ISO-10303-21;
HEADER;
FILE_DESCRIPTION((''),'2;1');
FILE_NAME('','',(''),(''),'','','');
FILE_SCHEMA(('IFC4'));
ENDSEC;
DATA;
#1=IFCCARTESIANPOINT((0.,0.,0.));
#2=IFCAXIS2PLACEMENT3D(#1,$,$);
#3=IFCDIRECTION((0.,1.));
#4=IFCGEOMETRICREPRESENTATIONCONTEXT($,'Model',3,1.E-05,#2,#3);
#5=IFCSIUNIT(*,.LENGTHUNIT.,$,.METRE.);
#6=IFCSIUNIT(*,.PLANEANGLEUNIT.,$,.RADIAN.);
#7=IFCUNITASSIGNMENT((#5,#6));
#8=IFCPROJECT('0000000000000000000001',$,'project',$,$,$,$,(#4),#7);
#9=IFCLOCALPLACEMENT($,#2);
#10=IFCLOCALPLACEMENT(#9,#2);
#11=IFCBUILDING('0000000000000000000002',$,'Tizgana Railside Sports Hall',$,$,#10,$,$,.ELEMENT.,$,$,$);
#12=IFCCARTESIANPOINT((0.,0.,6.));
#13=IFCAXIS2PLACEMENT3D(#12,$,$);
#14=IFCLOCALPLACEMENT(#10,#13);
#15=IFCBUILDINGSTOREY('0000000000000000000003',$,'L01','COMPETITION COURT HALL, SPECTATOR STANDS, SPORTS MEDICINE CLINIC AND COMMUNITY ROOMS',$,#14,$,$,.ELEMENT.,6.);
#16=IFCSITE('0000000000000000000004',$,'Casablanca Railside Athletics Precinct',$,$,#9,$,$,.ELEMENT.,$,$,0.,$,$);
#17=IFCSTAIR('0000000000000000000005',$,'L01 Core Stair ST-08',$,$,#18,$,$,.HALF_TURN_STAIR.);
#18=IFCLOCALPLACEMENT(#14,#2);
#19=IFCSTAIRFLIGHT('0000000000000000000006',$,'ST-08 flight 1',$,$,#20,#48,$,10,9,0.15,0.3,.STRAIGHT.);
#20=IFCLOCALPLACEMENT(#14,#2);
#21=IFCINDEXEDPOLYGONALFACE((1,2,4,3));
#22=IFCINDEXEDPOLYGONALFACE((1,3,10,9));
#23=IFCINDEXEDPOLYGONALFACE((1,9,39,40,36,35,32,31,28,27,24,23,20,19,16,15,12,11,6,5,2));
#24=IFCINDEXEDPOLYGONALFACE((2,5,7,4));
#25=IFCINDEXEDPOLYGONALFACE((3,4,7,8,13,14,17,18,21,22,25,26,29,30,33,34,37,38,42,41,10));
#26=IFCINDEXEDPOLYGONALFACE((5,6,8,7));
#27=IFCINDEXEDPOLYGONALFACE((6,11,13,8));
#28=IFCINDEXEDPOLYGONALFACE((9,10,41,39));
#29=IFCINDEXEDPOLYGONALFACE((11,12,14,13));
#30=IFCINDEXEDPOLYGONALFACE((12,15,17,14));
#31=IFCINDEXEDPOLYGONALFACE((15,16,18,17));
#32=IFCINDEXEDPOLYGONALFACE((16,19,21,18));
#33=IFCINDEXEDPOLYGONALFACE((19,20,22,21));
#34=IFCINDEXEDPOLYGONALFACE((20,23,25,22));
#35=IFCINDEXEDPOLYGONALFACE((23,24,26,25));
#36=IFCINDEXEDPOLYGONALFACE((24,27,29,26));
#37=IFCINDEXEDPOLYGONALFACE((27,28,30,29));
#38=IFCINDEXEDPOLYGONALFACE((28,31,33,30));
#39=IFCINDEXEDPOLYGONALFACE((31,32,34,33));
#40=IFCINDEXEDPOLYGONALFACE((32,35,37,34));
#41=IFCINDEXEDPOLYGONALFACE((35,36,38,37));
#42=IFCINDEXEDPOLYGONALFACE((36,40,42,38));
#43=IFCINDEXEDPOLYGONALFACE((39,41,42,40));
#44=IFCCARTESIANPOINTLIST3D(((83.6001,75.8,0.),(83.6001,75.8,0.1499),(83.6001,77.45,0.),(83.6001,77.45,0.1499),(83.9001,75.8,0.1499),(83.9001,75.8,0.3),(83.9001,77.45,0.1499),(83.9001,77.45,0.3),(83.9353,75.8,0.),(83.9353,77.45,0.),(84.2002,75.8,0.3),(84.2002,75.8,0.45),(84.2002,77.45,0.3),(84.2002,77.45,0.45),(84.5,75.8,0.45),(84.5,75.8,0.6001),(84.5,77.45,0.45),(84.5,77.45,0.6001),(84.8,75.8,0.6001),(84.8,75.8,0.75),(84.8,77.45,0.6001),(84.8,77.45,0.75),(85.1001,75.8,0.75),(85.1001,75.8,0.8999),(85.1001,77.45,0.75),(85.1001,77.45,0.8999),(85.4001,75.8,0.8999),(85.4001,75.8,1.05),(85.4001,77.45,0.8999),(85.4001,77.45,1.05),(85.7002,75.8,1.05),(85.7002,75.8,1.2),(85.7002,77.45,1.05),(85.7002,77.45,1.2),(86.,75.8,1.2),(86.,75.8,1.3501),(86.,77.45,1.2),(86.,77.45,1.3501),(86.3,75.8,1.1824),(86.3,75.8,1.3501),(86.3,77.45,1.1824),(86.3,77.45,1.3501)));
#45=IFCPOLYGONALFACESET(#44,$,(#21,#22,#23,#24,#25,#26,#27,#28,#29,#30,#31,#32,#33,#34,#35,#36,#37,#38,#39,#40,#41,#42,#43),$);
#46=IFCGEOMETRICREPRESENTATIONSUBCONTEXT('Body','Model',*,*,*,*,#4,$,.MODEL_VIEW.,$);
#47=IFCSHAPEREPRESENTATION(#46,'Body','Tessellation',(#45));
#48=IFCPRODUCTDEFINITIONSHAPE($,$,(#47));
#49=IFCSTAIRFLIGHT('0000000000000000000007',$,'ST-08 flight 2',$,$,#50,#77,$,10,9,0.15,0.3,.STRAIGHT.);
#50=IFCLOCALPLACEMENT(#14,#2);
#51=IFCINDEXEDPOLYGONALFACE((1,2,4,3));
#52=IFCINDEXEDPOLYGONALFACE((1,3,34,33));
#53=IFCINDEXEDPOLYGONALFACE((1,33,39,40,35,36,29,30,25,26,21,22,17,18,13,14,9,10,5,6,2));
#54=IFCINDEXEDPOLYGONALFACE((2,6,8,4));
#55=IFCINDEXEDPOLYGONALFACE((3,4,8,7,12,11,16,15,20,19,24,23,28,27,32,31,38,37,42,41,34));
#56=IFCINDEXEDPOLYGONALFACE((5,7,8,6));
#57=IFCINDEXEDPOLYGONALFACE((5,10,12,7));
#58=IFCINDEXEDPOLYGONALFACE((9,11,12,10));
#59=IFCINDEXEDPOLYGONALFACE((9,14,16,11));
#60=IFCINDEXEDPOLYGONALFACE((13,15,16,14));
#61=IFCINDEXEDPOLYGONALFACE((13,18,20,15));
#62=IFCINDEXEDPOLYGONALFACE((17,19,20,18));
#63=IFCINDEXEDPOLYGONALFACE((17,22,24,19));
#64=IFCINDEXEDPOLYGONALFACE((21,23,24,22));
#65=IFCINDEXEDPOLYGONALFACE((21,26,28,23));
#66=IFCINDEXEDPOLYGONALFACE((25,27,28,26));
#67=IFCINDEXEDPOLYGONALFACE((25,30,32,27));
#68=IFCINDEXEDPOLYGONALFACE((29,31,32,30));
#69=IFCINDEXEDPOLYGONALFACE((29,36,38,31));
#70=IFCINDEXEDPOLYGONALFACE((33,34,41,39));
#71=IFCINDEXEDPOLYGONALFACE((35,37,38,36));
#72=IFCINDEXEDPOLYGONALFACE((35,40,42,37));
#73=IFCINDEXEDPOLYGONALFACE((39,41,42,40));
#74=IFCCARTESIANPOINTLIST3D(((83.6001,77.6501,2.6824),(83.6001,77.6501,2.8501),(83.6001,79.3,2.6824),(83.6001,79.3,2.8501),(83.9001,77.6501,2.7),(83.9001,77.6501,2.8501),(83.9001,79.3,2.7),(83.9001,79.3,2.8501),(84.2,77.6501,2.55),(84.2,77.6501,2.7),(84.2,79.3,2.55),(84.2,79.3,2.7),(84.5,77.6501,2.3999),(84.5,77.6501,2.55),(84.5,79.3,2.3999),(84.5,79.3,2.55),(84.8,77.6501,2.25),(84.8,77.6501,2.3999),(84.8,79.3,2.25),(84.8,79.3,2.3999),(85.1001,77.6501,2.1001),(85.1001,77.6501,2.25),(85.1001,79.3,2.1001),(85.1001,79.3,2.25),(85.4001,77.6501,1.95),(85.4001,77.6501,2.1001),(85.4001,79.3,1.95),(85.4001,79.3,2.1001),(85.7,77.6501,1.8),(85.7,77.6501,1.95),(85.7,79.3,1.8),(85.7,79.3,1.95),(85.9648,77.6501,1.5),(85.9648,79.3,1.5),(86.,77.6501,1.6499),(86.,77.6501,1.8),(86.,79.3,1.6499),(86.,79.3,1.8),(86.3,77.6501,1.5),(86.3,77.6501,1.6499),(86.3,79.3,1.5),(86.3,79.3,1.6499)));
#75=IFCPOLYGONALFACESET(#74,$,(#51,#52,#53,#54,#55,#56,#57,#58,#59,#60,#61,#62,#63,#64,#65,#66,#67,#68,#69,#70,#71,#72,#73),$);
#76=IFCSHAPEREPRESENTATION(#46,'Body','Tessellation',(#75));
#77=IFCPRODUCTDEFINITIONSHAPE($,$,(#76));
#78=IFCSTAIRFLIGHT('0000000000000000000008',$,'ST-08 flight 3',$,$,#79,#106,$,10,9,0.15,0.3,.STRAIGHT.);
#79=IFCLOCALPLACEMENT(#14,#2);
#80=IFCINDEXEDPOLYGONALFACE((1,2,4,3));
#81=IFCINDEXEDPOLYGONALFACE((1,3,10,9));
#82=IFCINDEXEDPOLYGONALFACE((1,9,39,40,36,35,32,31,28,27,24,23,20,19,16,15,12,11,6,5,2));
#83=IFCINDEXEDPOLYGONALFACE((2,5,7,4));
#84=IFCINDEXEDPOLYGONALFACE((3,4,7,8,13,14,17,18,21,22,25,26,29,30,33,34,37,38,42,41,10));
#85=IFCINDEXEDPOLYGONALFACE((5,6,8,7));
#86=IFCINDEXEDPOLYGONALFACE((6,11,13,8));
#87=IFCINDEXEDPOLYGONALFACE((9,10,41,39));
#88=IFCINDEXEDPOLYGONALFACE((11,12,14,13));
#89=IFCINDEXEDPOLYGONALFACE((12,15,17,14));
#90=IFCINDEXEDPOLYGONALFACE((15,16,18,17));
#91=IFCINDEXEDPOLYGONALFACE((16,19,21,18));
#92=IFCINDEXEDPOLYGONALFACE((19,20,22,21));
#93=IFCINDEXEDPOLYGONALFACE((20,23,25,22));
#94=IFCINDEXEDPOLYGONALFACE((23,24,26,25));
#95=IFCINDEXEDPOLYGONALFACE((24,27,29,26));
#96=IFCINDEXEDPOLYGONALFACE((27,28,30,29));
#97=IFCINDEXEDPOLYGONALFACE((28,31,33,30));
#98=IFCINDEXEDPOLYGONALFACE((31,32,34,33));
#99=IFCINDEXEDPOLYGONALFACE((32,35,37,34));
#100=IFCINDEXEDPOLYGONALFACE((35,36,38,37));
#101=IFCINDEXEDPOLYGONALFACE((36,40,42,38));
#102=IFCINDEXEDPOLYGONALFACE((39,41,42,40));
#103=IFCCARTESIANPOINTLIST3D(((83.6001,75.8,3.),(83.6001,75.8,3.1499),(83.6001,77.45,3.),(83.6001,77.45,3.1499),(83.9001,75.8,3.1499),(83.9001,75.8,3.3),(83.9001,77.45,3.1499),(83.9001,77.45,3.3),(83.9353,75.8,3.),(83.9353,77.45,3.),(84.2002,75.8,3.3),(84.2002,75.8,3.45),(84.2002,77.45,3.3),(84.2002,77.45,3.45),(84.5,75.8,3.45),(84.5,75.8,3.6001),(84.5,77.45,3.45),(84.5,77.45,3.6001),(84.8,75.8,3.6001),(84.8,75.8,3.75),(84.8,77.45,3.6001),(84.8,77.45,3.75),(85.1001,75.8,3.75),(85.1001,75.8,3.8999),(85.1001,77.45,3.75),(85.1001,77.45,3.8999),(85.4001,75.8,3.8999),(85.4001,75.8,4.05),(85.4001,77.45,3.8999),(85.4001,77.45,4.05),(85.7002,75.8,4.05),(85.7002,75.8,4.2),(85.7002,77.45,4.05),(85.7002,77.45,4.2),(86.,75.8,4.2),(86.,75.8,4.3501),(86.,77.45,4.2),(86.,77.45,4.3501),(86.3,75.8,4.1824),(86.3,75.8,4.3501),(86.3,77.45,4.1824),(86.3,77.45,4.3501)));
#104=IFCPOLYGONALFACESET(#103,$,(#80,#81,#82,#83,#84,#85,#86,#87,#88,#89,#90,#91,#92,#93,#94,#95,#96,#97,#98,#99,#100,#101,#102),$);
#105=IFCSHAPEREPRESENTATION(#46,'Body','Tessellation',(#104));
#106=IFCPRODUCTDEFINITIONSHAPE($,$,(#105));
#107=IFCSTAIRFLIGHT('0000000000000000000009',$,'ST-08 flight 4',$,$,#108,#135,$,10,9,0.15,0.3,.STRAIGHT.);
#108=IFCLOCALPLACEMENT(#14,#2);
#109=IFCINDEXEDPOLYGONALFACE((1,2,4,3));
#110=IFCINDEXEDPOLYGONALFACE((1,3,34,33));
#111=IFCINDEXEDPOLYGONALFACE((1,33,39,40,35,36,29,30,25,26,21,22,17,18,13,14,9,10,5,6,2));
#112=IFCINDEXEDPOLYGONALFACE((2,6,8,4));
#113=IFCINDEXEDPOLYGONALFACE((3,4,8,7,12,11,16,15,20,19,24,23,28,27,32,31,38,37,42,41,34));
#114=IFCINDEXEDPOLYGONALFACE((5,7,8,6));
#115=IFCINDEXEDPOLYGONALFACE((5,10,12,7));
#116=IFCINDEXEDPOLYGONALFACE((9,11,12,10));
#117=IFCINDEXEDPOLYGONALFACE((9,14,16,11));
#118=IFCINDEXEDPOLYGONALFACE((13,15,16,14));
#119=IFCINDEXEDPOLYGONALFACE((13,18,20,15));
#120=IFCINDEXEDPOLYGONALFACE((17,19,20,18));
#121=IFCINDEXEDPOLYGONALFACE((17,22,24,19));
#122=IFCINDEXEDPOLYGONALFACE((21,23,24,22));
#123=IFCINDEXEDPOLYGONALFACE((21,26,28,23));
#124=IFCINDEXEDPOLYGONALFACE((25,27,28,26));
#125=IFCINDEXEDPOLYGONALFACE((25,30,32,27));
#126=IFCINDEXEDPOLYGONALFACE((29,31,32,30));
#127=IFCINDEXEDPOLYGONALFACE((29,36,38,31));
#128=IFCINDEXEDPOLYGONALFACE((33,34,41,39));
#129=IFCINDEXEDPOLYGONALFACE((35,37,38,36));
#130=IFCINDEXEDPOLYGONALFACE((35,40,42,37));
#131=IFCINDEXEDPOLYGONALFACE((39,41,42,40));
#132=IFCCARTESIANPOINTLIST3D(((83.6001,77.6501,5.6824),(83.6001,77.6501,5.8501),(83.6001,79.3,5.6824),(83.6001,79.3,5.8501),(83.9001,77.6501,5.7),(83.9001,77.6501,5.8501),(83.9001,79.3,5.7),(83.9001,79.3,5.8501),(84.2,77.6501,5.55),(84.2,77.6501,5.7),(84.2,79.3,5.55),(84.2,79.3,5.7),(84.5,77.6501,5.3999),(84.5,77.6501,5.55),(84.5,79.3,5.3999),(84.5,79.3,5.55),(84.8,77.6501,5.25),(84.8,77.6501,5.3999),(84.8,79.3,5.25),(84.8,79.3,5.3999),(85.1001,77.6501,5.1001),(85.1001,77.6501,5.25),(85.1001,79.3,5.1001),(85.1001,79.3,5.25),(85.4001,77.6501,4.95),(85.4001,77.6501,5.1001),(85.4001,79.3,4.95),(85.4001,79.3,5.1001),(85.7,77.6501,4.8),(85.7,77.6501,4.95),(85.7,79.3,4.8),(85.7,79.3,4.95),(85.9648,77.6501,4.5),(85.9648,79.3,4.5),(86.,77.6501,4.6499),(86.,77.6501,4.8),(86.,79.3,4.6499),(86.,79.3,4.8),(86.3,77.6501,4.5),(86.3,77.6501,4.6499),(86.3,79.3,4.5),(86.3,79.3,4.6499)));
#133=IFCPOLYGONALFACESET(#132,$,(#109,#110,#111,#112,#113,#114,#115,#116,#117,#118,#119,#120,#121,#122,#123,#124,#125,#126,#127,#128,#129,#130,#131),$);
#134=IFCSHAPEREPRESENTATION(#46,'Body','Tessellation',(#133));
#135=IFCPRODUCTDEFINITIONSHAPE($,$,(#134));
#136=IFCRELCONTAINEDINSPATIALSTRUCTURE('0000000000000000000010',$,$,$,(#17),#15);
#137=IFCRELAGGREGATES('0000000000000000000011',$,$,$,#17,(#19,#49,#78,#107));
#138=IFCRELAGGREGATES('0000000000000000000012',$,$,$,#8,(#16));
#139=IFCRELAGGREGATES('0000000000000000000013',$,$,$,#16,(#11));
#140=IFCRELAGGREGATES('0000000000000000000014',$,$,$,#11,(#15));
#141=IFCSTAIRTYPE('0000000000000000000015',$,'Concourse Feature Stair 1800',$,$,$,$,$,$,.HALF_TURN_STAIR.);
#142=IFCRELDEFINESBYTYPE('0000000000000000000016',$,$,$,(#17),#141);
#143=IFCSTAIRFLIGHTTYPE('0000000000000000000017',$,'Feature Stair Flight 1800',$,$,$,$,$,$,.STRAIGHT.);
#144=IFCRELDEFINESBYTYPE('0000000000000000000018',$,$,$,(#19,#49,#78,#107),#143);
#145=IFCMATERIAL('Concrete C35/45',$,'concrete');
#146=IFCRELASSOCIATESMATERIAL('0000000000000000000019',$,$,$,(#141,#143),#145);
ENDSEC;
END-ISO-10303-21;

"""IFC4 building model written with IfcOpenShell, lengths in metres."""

from ifc_helpers import new_model, si_unit, direction, frame, origin, place, context, subcontext, project, spatial, polyline, outline, extrude, material, type_object, element, aggregate, save


model = new_model("IFC4")

# Units and contexts
model_context = context("Model", 3, precision=1e-05, world=origin(), true_north=direction((0.0, 1.0)))
body_context = subcontext(model_context, "Body", "Model", "MODEL_VIEW")
ifc_project = project(units=[si_unit("LENGTHUNIT", "METRE"), si_unit("PLANEANGLEUNIT", "RADIAN")], contexts=[model_context])

# Site, building, storey
site_placement = place(None, origin())
site = spatial("IfcSite", under=ifc_project, at=site_placement, Name="Casablanca Railside Athletics Precinct", CompositionType="ELEMENT", RefElevation=0.0)
building_placement = place(site_placement, origin())
building = spatial("IfcBuilding", under=site, at=building_placement, Name="Tizgana Railside Sports Hall", CompositionType="ELEMENT")
storey_placement = place(building_placement, frame((0.0, 0.0, 6.0)))
storey = spatial("IfcBuildingStorey", under=building, at=storey_placement, Name="L01", Description="COMPETITION COURT HALL, SPECTATOR STANDS, SPORTS MEDICINE CLINIC AND COMMUNITY ROOMS", CompositionType="ELEMENT", Elevation=6.0)

# Stair, stair flights
ifc_material_1 = material(Name="Concrete C35/45", Category="concrete")
stair_type = type_object("IfcStairType", Name="Concourse Feature Stair 1800", PredefinedType="HALF_TURN_STAIR", material=ifc_material_1)
stair_placement = place(storey_placement, origin())
stair = element("IfcStair", 1, at=stair_placement, inside=storey, type_object=stair_type, Name="L01 Core Stair ST-08", PredefinedType="HALF_TURN_STAIR")
stair_flight_type = type_object("IfcStairFlightType", Name="Feature Stair Flight 1800", PredefinedType="STRAIGHT", material=ifc_material_1)
stair_flight_1_placement = place(storey_placement, frame((83.6001, 76.625, 0.0), z_axis=(0.0, 0.0, 1.0), x_axis=(1.0, 0.0, 0.0)))
stair_flight_1 = element("IfcStairFlight", 2, at=stair_flight_1_placement, type_object=stair_flight_type, Name="ST-08 flight 1", NumberOfRisers=10, NumberOfTreads=9, PredefinedType="STRAIGHT", RiserHeight=0.15, TreadLength=0.3, context=body_context, shape_type="SweptSolid", body=[
    extrude(outline(polyline([(0.0, 0.0), (0.0, 0.1499), (0.3, 0.1499), (0.3, 0.3), (0.6001, 0.3), (0.6001, 0.45), (0.8999, 0.45), (0.8999, 0.6001), (1.2, 0.6001), (1.2, 0.75), (1.5, 0.75), (1.5, 0.8999), (1.8, 0.8999), (1.8, 1.05), (2.1001, 1.05), (2.1001, 1.2), (2.3999, 1.2), (2.3999, 1.3501), (2.7, 1.3501), (2.7, 1.5), (2.7, 1.1824), (0.3352, 0.0), (0.0, 0.0)])), frame((0.0, 0.825, 0.0), z_axis=(0.0, -1.0, 0.0), x_axis=(1.0, 0.0, 0.0)), (0.0, 0.0, 1.0), 1.6499),
])
stair_flight_2_placement = place(storey_placement, frame((86.3, 78.4751, 1.5), z_axis=(0.0, 0.0, 1.0), x_axis=(-1.0, 0.0, 0.0)))
stair_flight_2 = element("IfcStairFlight", 3, at=stair_flight_2_placement, type_object=stair_flight_type, Name="ST-08 flight 2", NumberOfRisers=10, NumberOfTreads=9, PredefinedType="STRAIGHT", RiserHeight=0.15, TreadLength=0.3, context=body_context, shape_type="SweptSolid", body=[
    extrude(outline(polyline([(0.0, 0.0), (0.0, 0.1499), (0.3, 0.1499), (0.3, 0.3), (0.6001, 0.3), (0.6001, 0.45), (0.8999, 0.45), (0.8999, 0.6001), (1.2, 0.6001), (1.2, 0.75), (1.5, 0.75), (1.5, 0.8999), (1.8, 0.8999), (1.8, 1.05), (2.1001, 1.05), (2.1001, 1.2), (2.3999, 1.2), (2.3999, 1.3501), (2.7, 1.3501), (2.7, 1.5), (2.7, 1.1824), (0.3352, 0.0), (0.0, 0.0)])), frame((0.0, 0.825, 0.0), z_axis=(0.0, -1.0, 0.0), x_axis=(1.0, 0.0, 0.0)), (0.0, 0.0, 1.0), 1.6499),
])
stair_flight_3_placement = place(storey_placement, frame((83.6001, 76.625, 3.0), z_axis=(0.0, 0.0, 1.0), x_axis=(1.0, 0.0, 0.0)))
stair_flight_3 = element("IfcStairFlight", 4, at=stair_flight_3_placement, type_object=stair_flight_type, Name="ST-08 flight 3", NumberOfRisers=10, NumberOfTreads=9, PredefinedType="STRAIGHT", RiserHeight=0.15, TreadLength=0.3, context=body_context, shape_type="SweptSolid", body=[
    extrude(outline(polyline([(0.0, 0.0), (0.0, 0.1499), (0.3, 0.1499), (0.3, 0.3), (0.6001, 0.3), (0.6001, 0.45), (0.8999, 0.45), (0.8999, 0.6001), (1.2, 0.6001), (1.2, 0.75), (1.5, 0.75), (1.5, 0.8999), (1.8, 0.8999), (1.8, 1.05), (2.1001, 1.05), (2.1001, 1.2), (2.3999, 1.2), (2.3999, 1.3501), (2.7, 1.3501), (2.7, 1.5), (2.7, 1.1824), (0.3352, 0.0), (0.0, 0.0)])), frame((0.0, 0.825, 0.0), z_axis=(0.0, -1.0, 0.0), x_axis=(1.0, 0.0, 0.0)), (0.0, 0.0, 1.0), 1.6499),
])
stair_flight_4_placement = place(storey_placement, frame((86.3, 78.4751, 4.5), z_axis=(0.0, 0.0, 1.0), x_axis=(-1.0, 0.0, 0.0)))
stair_flight_4 = element("IfcStairFlight", 5, at=stair_flight_4_placement, type_object=stair_flight_type, Name="ST-08 flight 4", NumberOfRisers=10, NumberOfTreads=9, PredefinedType="STRAIGHT", RiserHeight=0.15, TreadLength=0.3, context=body_context, shape_type="SweptSolid", body=[
    extrude(outline(polyline([(0.0, 0.0), (0.0, 0.1499), (0.3, 0.1499), (0.3, 0.3), (0.6001, 0.3), (0.6001, 0.45), (0.8999, 0.45), (0.8999, 0.6001), (1.2, 0.6001), (1.2, 0.75), (1.5, 0.75), (1.5, 0.8999), (1.8, 0.8999), (1.8, 1.05), (2.1001, 1.05), (2.1001, 1.2), (2.3999, 1.2), (2.3999, 1.3501), (2.7, 1.3501), (2.7, 1.5), (2.7, 1.1824), (0.3352, 0.0), (0.0, 0.0)])), frame((0.0, 0.825, 0.0), z_axis=(0.0, -1.0, 0.0), x_axis=(1.0, 0.0, 0.0)), (0.0, 0.0, 1.0), 1.6499),
])
aggregate(stair, [stair_flight_1, stair_flight_2, stair_flight_3, stair_flight_4])

save(model, "model.ifc")
